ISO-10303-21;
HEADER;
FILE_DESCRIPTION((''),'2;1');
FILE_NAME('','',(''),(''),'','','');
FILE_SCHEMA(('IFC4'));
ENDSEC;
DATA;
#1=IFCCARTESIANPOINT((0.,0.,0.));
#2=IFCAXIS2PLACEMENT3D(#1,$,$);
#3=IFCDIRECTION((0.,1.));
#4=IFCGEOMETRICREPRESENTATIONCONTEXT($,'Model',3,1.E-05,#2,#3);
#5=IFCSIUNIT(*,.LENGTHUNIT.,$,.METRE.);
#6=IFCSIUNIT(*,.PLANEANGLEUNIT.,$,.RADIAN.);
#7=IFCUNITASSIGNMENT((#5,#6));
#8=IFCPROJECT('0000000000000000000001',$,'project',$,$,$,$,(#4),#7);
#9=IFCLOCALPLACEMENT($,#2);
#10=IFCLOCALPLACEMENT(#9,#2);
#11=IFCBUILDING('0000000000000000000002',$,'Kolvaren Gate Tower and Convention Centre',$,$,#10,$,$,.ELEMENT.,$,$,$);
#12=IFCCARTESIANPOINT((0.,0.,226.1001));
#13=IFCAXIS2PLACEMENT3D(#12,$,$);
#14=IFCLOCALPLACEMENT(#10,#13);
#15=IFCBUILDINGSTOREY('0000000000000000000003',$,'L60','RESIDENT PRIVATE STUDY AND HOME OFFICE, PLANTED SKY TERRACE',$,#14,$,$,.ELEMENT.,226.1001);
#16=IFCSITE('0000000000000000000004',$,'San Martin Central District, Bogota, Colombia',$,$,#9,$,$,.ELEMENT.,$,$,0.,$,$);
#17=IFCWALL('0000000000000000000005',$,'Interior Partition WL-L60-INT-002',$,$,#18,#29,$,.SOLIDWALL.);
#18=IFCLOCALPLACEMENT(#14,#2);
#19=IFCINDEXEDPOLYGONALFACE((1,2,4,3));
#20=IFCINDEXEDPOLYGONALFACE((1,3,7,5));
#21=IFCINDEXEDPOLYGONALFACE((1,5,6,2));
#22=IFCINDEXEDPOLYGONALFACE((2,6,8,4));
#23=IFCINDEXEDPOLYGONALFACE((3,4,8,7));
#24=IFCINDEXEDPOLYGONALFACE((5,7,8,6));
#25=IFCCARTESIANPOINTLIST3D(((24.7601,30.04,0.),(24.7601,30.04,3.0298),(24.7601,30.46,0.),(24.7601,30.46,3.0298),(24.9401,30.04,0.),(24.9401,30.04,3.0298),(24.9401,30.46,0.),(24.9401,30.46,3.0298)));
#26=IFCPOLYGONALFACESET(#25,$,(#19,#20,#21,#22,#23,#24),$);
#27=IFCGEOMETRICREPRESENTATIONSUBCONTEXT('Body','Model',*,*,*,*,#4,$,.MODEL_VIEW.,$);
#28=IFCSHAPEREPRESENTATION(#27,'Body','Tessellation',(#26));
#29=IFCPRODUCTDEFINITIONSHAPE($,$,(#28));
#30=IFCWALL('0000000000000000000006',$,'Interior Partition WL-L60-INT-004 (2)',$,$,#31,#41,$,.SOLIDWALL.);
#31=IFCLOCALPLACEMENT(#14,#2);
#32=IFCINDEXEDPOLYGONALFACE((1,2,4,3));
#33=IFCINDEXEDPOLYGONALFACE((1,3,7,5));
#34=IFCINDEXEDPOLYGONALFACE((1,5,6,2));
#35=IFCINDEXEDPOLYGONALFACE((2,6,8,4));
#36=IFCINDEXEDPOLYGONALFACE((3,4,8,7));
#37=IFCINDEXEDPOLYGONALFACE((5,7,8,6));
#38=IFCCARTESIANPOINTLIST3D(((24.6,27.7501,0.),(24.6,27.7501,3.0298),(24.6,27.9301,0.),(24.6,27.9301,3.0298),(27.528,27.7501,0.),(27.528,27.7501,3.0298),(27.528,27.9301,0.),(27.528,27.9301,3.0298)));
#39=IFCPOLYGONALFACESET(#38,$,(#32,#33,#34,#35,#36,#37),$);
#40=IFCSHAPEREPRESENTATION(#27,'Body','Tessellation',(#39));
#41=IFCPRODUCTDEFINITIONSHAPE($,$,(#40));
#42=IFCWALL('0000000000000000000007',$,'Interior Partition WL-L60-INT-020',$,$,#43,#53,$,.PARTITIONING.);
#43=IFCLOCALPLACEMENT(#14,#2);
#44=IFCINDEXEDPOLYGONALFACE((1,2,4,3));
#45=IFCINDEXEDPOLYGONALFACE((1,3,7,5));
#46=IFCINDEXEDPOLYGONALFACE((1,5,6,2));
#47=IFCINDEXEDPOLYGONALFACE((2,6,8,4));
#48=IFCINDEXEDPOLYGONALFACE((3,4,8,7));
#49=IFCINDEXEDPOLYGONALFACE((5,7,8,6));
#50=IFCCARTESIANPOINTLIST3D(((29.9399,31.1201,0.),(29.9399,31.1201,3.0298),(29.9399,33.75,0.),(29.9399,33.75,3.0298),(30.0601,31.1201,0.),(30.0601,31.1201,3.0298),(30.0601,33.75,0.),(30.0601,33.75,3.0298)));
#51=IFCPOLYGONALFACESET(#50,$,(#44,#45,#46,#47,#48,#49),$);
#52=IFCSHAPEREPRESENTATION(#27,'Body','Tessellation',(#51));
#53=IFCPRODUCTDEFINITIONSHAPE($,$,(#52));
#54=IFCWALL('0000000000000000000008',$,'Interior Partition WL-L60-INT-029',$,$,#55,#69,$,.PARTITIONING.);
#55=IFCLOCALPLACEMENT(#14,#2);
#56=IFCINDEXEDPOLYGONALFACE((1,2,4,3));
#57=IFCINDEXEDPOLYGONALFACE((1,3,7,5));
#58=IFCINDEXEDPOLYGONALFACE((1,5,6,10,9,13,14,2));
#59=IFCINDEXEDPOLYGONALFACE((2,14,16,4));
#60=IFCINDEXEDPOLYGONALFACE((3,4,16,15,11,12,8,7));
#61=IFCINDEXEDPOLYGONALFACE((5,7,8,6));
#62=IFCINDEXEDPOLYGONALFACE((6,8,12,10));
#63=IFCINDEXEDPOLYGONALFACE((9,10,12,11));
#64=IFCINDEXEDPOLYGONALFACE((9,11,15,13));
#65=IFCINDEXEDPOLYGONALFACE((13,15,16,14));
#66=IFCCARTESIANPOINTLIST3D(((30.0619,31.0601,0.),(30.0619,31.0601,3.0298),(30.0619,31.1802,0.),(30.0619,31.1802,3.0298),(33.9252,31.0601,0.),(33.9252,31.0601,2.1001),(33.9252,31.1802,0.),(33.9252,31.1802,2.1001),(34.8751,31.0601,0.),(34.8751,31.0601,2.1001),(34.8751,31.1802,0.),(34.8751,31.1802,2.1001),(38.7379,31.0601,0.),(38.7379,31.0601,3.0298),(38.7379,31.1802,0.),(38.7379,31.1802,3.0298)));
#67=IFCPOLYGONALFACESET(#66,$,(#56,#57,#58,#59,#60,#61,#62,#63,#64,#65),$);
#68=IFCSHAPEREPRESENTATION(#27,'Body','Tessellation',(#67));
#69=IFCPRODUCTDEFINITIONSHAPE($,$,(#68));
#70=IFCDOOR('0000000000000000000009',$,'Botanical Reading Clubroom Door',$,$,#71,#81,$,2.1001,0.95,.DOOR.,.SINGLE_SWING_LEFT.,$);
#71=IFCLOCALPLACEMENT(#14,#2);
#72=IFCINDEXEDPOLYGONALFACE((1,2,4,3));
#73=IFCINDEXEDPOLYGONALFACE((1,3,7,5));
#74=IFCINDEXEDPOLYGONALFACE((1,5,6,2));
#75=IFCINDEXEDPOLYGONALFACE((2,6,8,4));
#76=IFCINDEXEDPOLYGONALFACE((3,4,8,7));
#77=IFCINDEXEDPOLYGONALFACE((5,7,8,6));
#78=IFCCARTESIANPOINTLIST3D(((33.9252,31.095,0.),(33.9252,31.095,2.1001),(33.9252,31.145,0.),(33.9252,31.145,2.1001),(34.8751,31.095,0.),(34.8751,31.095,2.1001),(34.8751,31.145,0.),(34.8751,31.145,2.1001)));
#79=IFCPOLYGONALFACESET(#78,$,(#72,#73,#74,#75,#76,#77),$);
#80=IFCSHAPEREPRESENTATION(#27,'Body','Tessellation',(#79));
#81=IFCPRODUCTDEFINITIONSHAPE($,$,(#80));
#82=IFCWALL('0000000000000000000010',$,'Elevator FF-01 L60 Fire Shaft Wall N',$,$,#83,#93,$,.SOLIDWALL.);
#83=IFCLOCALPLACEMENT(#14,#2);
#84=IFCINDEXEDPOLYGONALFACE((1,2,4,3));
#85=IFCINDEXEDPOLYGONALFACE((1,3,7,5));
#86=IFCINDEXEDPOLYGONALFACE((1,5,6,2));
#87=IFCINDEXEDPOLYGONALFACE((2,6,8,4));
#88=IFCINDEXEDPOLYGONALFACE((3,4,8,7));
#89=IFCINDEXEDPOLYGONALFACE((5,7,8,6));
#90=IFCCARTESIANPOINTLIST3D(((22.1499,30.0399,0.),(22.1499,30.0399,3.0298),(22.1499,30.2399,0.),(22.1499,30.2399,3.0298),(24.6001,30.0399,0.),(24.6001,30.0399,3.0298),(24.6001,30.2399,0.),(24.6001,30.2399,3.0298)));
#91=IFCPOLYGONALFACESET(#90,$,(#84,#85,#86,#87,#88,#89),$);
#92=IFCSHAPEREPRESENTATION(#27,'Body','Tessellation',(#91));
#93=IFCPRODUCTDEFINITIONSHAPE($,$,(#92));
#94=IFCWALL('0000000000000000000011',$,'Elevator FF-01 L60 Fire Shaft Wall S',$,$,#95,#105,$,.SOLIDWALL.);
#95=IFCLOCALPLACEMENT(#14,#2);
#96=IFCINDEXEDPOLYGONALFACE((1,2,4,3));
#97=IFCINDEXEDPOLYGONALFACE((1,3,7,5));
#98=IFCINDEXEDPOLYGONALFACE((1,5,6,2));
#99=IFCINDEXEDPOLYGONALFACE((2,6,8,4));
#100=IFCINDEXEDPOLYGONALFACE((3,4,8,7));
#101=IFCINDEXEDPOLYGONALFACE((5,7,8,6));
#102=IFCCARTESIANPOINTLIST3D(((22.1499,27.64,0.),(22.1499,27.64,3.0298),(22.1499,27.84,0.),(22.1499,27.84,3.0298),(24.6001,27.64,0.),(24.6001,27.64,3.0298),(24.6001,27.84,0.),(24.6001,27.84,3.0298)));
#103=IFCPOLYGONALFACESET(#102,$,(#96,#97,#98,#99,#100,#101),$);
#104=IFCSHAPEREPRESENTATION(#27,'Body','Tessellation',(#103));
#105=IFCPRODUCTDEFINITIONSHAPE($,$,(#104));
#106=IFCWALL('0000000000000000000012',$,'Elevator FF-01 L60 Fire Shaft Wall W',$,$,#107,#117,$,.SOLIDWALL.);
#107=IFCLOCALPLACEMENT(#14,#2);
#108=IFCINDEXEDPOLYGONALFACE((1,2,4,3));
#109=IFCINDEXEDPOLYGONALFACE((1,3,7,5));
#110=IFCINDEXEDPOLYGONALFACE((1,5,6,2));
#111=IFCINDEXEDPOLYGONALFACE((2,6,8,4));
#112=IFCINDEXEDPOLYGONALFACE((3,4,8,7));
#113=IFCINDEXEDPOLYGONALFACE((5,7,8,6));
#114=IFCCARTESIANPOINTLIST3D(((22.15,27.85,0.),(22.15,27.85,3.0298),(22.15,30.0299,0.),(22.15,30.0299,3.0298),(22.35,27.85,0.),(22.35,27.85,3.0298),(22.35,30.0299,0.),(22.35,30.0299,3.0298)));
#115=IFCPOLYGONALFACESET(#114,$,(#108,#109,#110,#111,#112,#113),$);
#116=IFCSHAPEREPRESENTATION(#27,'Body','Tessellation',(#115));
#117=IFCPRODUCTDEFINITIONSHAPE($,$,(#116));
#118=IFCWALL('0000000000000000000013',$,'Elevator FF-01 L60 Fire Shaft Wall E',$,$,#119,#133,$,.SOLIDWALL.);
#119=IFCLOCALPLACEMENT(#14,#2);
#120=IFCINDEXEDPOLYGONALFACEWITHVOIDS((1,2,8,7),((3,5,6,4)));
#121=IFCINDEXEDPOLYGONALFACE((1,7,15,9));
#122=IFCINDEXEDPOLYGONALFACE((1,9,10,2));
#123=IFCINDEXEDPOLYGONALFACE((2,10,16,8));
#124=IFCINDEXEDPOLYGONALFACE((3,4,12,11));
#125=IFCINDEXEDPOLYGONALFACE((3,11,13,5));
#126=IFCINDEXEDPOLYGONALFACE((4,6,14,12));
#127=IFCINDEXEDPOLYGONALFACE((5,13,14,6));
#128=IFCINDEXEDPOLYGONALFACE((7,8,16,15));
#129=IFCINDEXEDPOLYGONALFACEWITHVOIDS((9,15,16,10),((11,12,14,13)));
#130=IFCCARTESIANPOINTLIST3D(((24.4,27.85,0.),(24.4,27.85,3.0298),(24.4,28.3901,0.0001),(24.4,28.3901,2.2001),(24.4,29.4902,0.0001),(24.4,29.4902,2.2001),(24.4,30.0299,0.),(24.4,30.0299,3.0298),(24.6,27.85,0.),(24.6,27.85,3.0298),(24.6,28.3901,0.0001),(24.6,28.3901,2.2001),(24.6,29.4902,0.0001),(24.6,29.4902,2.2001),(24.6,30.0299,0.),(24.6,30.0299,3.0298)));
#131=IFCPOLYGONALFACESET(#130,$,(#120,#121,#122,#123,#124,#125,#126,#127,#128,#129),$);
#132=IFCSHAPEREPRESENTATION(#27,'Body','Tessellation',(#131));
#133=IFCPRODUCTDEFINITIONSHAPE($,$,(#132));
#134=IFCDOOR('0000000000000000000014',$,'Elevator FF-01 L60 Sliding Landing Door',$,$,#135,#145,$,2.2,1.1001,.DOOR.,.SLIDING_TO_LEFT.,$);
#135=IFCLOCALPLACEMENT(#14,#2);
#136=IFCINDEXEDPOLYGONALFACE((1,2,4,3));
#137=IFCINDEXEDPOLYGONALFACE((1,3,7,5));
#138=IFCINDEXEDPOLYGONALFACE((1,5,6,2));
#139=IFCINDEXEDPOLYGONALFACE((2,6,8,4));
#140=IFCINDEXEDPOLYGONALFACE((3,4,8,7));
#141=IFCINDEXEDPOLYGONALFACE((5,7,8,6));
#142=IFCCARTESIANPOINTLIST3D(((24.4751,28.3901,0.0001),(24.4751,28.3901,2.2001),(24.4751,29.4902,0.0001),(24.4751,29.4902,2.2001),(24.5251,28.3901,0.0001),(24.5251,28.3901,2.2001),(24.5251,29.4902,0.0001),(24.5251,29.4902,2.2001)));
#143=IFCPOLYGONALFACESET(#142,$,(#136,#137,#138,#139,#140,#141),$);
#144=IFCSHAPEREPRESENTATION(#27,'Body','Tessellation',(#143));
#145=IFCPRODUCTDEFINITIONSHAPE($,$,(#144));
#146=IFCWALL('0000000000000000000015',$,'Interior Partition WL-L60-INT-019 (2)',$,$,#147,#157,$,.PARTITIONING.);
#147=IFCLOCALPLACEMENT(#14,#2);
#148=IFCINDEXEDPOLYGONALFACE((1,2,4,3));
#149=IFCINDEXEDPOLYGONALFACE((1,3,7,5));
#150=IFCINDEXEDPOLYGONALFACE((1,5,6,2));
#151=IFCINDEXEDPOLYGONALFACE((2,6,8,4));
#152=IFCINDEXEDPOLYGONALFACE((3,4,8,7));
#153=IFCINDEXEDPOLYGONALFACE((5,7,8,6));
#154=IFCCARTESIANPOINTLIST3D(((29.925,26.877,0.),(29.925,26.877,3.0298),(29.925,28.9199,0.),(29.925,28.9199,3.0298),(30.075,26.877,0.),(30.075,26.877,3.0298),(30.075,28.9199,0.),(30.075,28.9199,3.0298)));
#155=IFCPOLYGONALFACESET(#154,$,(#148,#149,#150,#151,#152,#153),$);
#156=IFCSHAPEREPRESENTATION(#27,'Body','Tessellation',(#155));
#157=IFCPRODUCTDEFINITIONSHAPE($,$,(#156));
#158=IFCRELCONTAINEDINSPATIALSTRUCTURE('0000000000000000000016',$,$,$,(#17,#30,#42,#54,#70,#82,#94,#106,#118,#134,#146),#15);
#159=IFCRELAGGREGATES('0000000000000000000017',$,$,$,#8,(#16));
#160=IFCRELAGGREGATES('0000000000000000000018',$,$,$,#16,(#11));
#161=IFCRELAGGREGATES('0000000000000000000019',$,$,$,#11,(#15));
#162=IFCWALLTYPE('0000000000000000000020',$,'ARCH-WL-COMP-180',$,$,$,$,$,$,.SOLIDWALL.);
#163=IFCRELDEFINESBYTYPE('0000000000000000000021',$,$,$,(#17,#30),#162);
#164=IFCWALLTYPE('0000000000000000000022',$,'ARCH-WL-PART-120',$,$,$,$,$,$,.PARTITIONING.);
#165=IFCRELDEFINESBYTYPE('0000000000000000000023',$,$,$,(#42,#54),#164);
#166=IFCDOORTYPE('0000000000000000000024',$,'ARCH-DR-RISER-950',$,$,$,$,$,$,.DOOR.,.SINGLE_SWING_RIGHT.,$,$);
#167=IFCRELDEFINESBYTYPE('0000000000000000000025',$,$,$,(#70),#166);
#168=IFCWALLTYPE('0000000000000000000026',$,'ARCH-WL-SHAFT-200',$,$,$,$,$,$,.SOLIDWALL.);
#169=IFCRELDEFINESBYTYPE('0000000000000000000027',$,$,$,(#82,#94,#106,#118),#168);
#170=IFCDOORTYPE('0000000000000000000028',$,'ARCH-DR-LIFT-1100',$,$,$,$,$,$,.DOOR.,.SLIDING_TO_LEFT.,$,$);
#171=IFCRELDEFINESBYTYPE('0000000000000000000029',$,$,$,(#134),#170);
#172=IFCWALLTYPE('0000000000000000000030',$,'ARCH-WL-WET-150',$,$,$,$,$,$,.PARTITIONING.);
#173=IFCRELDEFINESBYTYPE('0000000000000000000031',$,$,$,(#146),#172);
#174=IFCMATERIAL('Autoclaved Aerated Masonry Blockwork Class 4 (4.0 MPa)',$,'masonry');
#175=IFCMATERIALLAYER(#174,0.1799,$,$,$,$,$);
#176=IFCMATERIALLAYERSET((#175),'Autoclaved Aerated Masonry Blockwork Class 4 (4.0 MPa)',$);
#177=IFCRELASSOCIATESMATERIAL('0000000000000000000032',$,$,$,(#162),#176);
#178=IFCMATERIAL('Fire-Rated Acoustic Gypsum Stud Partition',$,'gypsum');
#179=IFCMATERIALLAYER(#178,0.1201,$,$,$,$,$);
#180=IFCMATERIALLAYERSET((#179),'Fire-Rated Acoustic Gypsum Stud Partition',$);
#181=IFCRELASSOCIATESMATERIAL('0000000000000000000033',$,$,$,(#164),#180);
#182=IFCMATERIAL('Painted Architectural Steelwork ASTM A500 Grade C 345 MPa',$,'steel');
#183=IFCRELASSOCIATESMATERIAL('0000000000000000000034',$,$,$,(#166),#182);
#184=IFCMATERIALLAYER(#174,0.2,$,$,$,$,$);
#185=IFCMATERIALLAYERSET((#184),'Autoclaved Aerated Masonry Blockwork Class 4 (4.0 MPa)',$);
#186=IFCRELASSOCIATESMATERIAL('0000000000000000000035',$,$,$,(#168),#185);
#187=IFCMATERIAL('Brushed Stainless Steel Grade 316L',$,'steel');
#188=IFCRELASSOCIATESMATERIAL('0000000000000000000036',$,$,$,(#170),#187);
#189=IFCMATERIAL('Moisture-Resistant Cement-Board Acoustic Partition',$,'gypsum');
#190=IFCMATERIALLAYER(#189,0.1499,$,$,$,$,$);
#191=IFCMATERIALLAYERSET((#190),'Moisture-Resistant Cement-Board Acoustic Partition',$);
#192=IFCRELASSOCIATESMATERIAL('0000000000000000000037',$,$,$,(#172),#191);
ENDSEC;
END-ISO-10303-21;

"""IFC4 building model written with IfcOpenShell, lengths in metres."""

from ifc_helpers import new_model, si_unit, direction, frame, frame_2d, origin, place, context, subcontext, project, spatial, rectangle, extrude, material, layer, layer_set, type_object, element, fill, save


model = new_model("IFC4")

# Units and contexts
model_context = context("Model", 3, precision=1e-05, world=origin(), true_north=direction((0.0, 1.0)))
body_context = subcontext(model_context, "Body", "Model", "MODEL_VIEW")
ifc_project = project(units=[si_unit("LENGTHUNIT", "METRE"), si_unit("PLANEANGLEUNIT", "RADIAN")], contexts=[model_context])

# Site, building, storey
site_placement = place(None, origin())
site = spatial("IfcSite", under=ifc_project, at=site_placement, Name="San Martin Central District, Bogota, Colombia", CompositionType="ELEMENT", RefElevation=0.0)
building_placement = place(site_placement, origin())
building = spatial("IfcBuilding", under=site, at=building_placement, Name="Kolvaren Gate Tower and Convention Centre", CompositionType="ELEMENT")
storey_placement = place(building_placement, frame((0.0, 0.0, 226.1001)))
storey = spatial("IfcBuildingStorey", under=building, at=storey_placement, Name="L60", Description="RESIDENT PRIVATE STUDY AND HOME OFFICE, PLANTED SKY TERRACE", CompositionType="ELEMENT", Elevation=226.1001)

# Walls
ifc_material_1 = material(Name="Autoclaved Aerated Masonry Blockwork Class 4 (4.0 MPa)", Category="masonry")
ifc_layer_1 = layer(ifc_material_1, 0.1799)
ifc_layer_set_1 = layer_set([ifc_layer_1], Name="Autoclaved Aerated Masonry Blockwork Class 4 (4.0 MPa)")
wall_type_1 = type_object("IfcWallType", Name="ARCH-WL-COMP-180", PredefinedType="SOLIDWALL", material=ifc_layer_set_1)
wall_1_placement = place(storey_placement, frame((24.8501, 30.04, 0.0), z_axis=(0.0, 0.0, 1.0), x_axis=(0.0, 1.0, 0.0)))
element("IfcWall", 1, at=wall_1_placement, inside=storey, type_object=wall_type_1, Name="Interior Partition WL-L60-INT-002", PredefinedType="SOLIDWALL", context=body_context, shape_type="SweptSolid", body=[
    extrude(rectangle(XDim=0.4199, YDim=0.1799, at=frame_2d((0.21, 0.0))), origin(), (0.0, 0.0, 1.0), 3.0298),
])
wall_2_placement = place(storey_placement, frame((24.6001, 27.8401, 0.0), z_axis=(0.0, 0.0, 1.0), x_axis=(1.0, 0.0, 0.0)))
element("IfcWall", 2, at=wall_2_placement, inside=storey, type_object=wall_type_1, Name="Interior Partition WL-L60-INT-004 (2)", PredefinedType="SOLIDWALL", context=body_context, shape_type="SweptSolid", body=[
    extrude(rectangle(XDim=2.928, YDim=0.1799, at=frame_2d((1.4639, 0.0))), origin(), (0.0, 0.0, 1.0), 3.0298),
])
ifc_material_2 = material(Name="Fire-Rated Acoustic Gypsum Stud Partition", Category="gypsum")
ifc_layer_2 = layer(ifc_material_2, 0.1201)
ifc_layer_set_2 = layer_set([ifc_layer_2], Name="Fire-Rated Acoustic Gypsum Stud Partition")
wall_type_2 = type_object("IfcWallType", Name="ARCH-WL-PART-120", PredefinedType="PARTITIONING", material=ifc_layer_set_2)
wall_3_placement = place(storey_placement, frame((30.0, 31.1201, 0.0), z_axis=(0.0, 0.0, 1.0), x_axis=(0.0, 1.0, 0.0)))
element("IfcWall", 3, at=wall_3_placement, inside=storey, type_object=wall_type_2, Name="Interior Partition WL-L60-INT-020", PredefinedType="PARTITIONING", context=body_context, shape_type="SweptSolid", body=[
    extrude(rectangle(XDim=2.6299, YDim=0.1201, at=frame_2d((1.3149, 0.0))), origin(), (0.0, 0.0, 1.0), 3.0298),
])

# Wall, opening, door
wall_4_placement = place(storey_placement, frame((30.062, 31.1201, 0.0), z_axis=(0.0, 0.0, 1.0), x_axis=(1.0, 0.0, 0.0)))
wall_4 = element("IfcWall", 4, at=wall_4_placement, inside=storey, type_object=wall_type_2, Name="Interior Partition WL-L60-INT-029", PredefinedType="PARTITIONING", context=body_context, shape_type="SweptSolid", body=[
    extrude(rectangle(XDim=8.676, YDim=0.1201, at=frame_2d((4.3379, 0.0))), origin(), (0.0, 0.0, 1.0), 3.0298),
])
opening_1_placement = place(wall_4_placement, frame((3.863, 0.0, 0.0)))
opening_1 = element("IfcOpeningElement", 5, at=opening_1_placement, cuts=wall_4, PredefinedType="OPENING", context=body_context, shape_type="SweptSolid", body=[
    extrude(rectangle(XDim=0.95, YDim=2.1001, at=frame_2d((0.4751, 1.05))), frame((0.0, 0.0701, 0.0), z_axis=(0.0, -1.0, 0.0), x_axis=(1.0, 0.0, 0.0)), (0.0, 0.0, 1.0), 0.1401),
])
ifc_material_3 = material(Name="Painted Architectural Steelwork ASTM A500 Grade C 345 MPa", Category="steel")
door_type_1 = type_object("IfcDoorType", Name="ARCH-DR-RISER-950", OperationType="SINGLE_SWING_RIGHT", PredefinedType="DOOR", material=ifc_material_3)
door_1_placement = place(opening_1_placement, origin())
door_1 = element("IfcDoor", 6, at=door_1_placement, inside=storey, type_object=door_type_1, Name="Botanical Reading Clubroom Door", OperationType="SINGLE_SWING_LEFT", OverallHeight=2.1001, OverallWidth=0.95, PredefinedType="DOOR", context=body_context, shape_type="SweptSolid", body=[
    extrude(rectangle(XDim=0.95, YDim=2.1001, at=frame_2d((0.4751, 1.05))), frame((0.0, 0.0249, 0.0), z_axis=(0.0, -1.0, 0.0), x_axis=(1.0, 0.0, 0.0)), (0.0, 0.0, 1.0), 0.05),
])
fill(opening_1, door_1)

# Walls
ifc_layer_3 = layer(ifc_material_1, 0.2)
ifc_layer_set_3 = layer_set([ifc_layer_3], Name="Autoclaved Aerated Masonry Blockwork Class 4 (4.0 MPa)")
wall_type_3 = type_object("IfcWallType", Name="ARCH-WL-SHAFT-200", PredefinedType="SOLIDWALL", material=ifc_layer_set_3)
for number, where, z_axis, x_axis, name in (
    (7, (22.1499, 30.1399, 0.0), (0.0, 0.0, 1.0), (1.0, 0.0, 0.0), "Elevator FF-01 L60 Fire Shaft Wall N"),
    (8, (22.1499, 27.74, 0.0), (0.0, 0.0, 1.0), (1.0, 0.0, 0.0), "Elevator FF-01 L60 Fire Shaft Wall S"),
):
    element("IfcWall", number, at=place(storey_placement, frame(where, z_axis=z_axis, x_axis=x_axis)), inside=storey, type_object=wall_type_3, Name=name, PredefinedType="SOLIDWALL", context=body_context, shape_type="SweptSolid", body=[
        extrude(rectangle(XDim=2.4502, YDim=0.2, at=frame_2d((1.2251, 0.0))), origin(), (0.0, 0.0, 1.0), 3.0298),
    ])
wall_5_placement = place(storey_placement, frame((22.25, 27.8501, 0.0), z_axis=(0.0, 0.0, 1.0), x_axis=(0.0, 1.0, 0.0)))
element("IfcWall", 9, at=wall_5_placement, inside=storey, type_object=wall_type_3, Name="Elevator FF-01 L60 Fire Shaft Wall W", PredefinedType="SOLIDWALL", context=body_context, shape_type="SweptSolid", body=[
    extrude(rectangle(XDim=2.1799, YDim=0.2, at=frame_2d((1.0898, 0.0))), origin(), (0.0, 0.0, 1.0), 3.0298),
])

# Wall, opening, door
wall_6_placement = place(storey_placement, frame((24.5, 27.8501, 0.0), z_axis=(0.0, 0.0, 1.0), x_axis=(0.0, 1.0, 0.0)))
wall_6 = element("IfcWall", 10, at=wall_6_placement, inside=storey, type_object=wall_type_3, Name="Elevator FF-01 L60 Fire Shaft Wall E", PredefinedType="SOLIDWALL", context=body_context, shape_type="SweptSolid", body=[
    extrude(rectangle(XDim=2.1799, YDim=0.2, at=frame_2d((1.0898, 0.0))), origin(), (0.0, 0.0, 1.0), 3.0298),
])
opening_2_placement = place(wall_6_placement, frame((0.54, 0.0, 0.0)))
opening_2 = element("IfcOpeningElement", 11, at=opening_2_placement, cuts=wall_6, PredefinedType="OPENING", context=body_context, shape_type="SweptSolid", body=[
    extrude(rectangle(XDim=1.1001, YDim=2.2, at=frame_2d((0.55, 1.1001))), frame((0.0, 0.1099, 0.0), z_axis=(0.0, -1.0, 0.0), x_axis=(1.0, 0.0, 0.0)), (0.0, 0.0, 1.0), 0.22),
])
ifc_material_4 = material(Name="Brushed Stainless Steel Grade 316L", Category="steel")
door_type_2 = type_object("IfcDoorType", Name="ARCH-DR-LIFT-1100", OperationType="SLIDING_TO_LEFT", PredefinedType="DOOR", material=ifc_material_4)
door_2_placement = place(opening_2_placement, origin())
door_2 = element("IfcDoor", 12, at=door_2_placement, inside=storey, type_object=door_type_2, Name="Elevator FF-01 L60 Sliding Landing Door", OperationType="SLIDING_TO_LEFT", OverallHeight=2.2, OverallWidth=1.1001, PredefinedType="DOOR", context=body_context, shape_type="SweptSolid", body=[
    extrude(rectangle(XDim=1.1001, YDim=2.2, at=frame_2d((0.55, 1.1001))), frame((0.0, 0.0249, 0.0), z_axis=(0.0, -1.0, 0.0), x_axis=(1.0, 0.0, 0.0)), (0.0, 0.0, 1.0), 0.05),
])
fill(opening_2, door_2)

# Wall
ifc_material_5 = material(Name="Moisture-Resistant Cement-Board Acoustic Partition", Category="gypsum")
ifc_layer_4 = layer(ifc_material_5, 0.1499)
ifc_layer_set_4 = layer_set([ifc_layer_4], Name="Moisture-Resistant Cement-Board Acoustic Partition")
wall_type_4 = type_object("IfcWallType", Name="ARCH-WL-WET-150", PredefinedType="PARTITIONING", material=ifc_layer_set_4)
wall_7_placement = place(storey_placement, frame((30.0, 26.877, 0.0), z_axis=(0.0, 0.0, 1.0), x_axis=(0.0, 1.0, 0.0)))
element("IfcWall", 13, at=wall_7_placement, inside=storey, type_object=wall_type_4, Name="Interior Partition WL-L60-INT-019 (2)", PredefinedType="PARTITIONING", context=body_context, shape_type="SweptSolid", body=[
    extrude(rectangle(XDim=2.043, YDim=0.1499, at=frame_2d((1.0215, 0.0))), origin(), (0.0, 0.0, 1.0), 3.0298),
])

save(model, "model.ifc")
